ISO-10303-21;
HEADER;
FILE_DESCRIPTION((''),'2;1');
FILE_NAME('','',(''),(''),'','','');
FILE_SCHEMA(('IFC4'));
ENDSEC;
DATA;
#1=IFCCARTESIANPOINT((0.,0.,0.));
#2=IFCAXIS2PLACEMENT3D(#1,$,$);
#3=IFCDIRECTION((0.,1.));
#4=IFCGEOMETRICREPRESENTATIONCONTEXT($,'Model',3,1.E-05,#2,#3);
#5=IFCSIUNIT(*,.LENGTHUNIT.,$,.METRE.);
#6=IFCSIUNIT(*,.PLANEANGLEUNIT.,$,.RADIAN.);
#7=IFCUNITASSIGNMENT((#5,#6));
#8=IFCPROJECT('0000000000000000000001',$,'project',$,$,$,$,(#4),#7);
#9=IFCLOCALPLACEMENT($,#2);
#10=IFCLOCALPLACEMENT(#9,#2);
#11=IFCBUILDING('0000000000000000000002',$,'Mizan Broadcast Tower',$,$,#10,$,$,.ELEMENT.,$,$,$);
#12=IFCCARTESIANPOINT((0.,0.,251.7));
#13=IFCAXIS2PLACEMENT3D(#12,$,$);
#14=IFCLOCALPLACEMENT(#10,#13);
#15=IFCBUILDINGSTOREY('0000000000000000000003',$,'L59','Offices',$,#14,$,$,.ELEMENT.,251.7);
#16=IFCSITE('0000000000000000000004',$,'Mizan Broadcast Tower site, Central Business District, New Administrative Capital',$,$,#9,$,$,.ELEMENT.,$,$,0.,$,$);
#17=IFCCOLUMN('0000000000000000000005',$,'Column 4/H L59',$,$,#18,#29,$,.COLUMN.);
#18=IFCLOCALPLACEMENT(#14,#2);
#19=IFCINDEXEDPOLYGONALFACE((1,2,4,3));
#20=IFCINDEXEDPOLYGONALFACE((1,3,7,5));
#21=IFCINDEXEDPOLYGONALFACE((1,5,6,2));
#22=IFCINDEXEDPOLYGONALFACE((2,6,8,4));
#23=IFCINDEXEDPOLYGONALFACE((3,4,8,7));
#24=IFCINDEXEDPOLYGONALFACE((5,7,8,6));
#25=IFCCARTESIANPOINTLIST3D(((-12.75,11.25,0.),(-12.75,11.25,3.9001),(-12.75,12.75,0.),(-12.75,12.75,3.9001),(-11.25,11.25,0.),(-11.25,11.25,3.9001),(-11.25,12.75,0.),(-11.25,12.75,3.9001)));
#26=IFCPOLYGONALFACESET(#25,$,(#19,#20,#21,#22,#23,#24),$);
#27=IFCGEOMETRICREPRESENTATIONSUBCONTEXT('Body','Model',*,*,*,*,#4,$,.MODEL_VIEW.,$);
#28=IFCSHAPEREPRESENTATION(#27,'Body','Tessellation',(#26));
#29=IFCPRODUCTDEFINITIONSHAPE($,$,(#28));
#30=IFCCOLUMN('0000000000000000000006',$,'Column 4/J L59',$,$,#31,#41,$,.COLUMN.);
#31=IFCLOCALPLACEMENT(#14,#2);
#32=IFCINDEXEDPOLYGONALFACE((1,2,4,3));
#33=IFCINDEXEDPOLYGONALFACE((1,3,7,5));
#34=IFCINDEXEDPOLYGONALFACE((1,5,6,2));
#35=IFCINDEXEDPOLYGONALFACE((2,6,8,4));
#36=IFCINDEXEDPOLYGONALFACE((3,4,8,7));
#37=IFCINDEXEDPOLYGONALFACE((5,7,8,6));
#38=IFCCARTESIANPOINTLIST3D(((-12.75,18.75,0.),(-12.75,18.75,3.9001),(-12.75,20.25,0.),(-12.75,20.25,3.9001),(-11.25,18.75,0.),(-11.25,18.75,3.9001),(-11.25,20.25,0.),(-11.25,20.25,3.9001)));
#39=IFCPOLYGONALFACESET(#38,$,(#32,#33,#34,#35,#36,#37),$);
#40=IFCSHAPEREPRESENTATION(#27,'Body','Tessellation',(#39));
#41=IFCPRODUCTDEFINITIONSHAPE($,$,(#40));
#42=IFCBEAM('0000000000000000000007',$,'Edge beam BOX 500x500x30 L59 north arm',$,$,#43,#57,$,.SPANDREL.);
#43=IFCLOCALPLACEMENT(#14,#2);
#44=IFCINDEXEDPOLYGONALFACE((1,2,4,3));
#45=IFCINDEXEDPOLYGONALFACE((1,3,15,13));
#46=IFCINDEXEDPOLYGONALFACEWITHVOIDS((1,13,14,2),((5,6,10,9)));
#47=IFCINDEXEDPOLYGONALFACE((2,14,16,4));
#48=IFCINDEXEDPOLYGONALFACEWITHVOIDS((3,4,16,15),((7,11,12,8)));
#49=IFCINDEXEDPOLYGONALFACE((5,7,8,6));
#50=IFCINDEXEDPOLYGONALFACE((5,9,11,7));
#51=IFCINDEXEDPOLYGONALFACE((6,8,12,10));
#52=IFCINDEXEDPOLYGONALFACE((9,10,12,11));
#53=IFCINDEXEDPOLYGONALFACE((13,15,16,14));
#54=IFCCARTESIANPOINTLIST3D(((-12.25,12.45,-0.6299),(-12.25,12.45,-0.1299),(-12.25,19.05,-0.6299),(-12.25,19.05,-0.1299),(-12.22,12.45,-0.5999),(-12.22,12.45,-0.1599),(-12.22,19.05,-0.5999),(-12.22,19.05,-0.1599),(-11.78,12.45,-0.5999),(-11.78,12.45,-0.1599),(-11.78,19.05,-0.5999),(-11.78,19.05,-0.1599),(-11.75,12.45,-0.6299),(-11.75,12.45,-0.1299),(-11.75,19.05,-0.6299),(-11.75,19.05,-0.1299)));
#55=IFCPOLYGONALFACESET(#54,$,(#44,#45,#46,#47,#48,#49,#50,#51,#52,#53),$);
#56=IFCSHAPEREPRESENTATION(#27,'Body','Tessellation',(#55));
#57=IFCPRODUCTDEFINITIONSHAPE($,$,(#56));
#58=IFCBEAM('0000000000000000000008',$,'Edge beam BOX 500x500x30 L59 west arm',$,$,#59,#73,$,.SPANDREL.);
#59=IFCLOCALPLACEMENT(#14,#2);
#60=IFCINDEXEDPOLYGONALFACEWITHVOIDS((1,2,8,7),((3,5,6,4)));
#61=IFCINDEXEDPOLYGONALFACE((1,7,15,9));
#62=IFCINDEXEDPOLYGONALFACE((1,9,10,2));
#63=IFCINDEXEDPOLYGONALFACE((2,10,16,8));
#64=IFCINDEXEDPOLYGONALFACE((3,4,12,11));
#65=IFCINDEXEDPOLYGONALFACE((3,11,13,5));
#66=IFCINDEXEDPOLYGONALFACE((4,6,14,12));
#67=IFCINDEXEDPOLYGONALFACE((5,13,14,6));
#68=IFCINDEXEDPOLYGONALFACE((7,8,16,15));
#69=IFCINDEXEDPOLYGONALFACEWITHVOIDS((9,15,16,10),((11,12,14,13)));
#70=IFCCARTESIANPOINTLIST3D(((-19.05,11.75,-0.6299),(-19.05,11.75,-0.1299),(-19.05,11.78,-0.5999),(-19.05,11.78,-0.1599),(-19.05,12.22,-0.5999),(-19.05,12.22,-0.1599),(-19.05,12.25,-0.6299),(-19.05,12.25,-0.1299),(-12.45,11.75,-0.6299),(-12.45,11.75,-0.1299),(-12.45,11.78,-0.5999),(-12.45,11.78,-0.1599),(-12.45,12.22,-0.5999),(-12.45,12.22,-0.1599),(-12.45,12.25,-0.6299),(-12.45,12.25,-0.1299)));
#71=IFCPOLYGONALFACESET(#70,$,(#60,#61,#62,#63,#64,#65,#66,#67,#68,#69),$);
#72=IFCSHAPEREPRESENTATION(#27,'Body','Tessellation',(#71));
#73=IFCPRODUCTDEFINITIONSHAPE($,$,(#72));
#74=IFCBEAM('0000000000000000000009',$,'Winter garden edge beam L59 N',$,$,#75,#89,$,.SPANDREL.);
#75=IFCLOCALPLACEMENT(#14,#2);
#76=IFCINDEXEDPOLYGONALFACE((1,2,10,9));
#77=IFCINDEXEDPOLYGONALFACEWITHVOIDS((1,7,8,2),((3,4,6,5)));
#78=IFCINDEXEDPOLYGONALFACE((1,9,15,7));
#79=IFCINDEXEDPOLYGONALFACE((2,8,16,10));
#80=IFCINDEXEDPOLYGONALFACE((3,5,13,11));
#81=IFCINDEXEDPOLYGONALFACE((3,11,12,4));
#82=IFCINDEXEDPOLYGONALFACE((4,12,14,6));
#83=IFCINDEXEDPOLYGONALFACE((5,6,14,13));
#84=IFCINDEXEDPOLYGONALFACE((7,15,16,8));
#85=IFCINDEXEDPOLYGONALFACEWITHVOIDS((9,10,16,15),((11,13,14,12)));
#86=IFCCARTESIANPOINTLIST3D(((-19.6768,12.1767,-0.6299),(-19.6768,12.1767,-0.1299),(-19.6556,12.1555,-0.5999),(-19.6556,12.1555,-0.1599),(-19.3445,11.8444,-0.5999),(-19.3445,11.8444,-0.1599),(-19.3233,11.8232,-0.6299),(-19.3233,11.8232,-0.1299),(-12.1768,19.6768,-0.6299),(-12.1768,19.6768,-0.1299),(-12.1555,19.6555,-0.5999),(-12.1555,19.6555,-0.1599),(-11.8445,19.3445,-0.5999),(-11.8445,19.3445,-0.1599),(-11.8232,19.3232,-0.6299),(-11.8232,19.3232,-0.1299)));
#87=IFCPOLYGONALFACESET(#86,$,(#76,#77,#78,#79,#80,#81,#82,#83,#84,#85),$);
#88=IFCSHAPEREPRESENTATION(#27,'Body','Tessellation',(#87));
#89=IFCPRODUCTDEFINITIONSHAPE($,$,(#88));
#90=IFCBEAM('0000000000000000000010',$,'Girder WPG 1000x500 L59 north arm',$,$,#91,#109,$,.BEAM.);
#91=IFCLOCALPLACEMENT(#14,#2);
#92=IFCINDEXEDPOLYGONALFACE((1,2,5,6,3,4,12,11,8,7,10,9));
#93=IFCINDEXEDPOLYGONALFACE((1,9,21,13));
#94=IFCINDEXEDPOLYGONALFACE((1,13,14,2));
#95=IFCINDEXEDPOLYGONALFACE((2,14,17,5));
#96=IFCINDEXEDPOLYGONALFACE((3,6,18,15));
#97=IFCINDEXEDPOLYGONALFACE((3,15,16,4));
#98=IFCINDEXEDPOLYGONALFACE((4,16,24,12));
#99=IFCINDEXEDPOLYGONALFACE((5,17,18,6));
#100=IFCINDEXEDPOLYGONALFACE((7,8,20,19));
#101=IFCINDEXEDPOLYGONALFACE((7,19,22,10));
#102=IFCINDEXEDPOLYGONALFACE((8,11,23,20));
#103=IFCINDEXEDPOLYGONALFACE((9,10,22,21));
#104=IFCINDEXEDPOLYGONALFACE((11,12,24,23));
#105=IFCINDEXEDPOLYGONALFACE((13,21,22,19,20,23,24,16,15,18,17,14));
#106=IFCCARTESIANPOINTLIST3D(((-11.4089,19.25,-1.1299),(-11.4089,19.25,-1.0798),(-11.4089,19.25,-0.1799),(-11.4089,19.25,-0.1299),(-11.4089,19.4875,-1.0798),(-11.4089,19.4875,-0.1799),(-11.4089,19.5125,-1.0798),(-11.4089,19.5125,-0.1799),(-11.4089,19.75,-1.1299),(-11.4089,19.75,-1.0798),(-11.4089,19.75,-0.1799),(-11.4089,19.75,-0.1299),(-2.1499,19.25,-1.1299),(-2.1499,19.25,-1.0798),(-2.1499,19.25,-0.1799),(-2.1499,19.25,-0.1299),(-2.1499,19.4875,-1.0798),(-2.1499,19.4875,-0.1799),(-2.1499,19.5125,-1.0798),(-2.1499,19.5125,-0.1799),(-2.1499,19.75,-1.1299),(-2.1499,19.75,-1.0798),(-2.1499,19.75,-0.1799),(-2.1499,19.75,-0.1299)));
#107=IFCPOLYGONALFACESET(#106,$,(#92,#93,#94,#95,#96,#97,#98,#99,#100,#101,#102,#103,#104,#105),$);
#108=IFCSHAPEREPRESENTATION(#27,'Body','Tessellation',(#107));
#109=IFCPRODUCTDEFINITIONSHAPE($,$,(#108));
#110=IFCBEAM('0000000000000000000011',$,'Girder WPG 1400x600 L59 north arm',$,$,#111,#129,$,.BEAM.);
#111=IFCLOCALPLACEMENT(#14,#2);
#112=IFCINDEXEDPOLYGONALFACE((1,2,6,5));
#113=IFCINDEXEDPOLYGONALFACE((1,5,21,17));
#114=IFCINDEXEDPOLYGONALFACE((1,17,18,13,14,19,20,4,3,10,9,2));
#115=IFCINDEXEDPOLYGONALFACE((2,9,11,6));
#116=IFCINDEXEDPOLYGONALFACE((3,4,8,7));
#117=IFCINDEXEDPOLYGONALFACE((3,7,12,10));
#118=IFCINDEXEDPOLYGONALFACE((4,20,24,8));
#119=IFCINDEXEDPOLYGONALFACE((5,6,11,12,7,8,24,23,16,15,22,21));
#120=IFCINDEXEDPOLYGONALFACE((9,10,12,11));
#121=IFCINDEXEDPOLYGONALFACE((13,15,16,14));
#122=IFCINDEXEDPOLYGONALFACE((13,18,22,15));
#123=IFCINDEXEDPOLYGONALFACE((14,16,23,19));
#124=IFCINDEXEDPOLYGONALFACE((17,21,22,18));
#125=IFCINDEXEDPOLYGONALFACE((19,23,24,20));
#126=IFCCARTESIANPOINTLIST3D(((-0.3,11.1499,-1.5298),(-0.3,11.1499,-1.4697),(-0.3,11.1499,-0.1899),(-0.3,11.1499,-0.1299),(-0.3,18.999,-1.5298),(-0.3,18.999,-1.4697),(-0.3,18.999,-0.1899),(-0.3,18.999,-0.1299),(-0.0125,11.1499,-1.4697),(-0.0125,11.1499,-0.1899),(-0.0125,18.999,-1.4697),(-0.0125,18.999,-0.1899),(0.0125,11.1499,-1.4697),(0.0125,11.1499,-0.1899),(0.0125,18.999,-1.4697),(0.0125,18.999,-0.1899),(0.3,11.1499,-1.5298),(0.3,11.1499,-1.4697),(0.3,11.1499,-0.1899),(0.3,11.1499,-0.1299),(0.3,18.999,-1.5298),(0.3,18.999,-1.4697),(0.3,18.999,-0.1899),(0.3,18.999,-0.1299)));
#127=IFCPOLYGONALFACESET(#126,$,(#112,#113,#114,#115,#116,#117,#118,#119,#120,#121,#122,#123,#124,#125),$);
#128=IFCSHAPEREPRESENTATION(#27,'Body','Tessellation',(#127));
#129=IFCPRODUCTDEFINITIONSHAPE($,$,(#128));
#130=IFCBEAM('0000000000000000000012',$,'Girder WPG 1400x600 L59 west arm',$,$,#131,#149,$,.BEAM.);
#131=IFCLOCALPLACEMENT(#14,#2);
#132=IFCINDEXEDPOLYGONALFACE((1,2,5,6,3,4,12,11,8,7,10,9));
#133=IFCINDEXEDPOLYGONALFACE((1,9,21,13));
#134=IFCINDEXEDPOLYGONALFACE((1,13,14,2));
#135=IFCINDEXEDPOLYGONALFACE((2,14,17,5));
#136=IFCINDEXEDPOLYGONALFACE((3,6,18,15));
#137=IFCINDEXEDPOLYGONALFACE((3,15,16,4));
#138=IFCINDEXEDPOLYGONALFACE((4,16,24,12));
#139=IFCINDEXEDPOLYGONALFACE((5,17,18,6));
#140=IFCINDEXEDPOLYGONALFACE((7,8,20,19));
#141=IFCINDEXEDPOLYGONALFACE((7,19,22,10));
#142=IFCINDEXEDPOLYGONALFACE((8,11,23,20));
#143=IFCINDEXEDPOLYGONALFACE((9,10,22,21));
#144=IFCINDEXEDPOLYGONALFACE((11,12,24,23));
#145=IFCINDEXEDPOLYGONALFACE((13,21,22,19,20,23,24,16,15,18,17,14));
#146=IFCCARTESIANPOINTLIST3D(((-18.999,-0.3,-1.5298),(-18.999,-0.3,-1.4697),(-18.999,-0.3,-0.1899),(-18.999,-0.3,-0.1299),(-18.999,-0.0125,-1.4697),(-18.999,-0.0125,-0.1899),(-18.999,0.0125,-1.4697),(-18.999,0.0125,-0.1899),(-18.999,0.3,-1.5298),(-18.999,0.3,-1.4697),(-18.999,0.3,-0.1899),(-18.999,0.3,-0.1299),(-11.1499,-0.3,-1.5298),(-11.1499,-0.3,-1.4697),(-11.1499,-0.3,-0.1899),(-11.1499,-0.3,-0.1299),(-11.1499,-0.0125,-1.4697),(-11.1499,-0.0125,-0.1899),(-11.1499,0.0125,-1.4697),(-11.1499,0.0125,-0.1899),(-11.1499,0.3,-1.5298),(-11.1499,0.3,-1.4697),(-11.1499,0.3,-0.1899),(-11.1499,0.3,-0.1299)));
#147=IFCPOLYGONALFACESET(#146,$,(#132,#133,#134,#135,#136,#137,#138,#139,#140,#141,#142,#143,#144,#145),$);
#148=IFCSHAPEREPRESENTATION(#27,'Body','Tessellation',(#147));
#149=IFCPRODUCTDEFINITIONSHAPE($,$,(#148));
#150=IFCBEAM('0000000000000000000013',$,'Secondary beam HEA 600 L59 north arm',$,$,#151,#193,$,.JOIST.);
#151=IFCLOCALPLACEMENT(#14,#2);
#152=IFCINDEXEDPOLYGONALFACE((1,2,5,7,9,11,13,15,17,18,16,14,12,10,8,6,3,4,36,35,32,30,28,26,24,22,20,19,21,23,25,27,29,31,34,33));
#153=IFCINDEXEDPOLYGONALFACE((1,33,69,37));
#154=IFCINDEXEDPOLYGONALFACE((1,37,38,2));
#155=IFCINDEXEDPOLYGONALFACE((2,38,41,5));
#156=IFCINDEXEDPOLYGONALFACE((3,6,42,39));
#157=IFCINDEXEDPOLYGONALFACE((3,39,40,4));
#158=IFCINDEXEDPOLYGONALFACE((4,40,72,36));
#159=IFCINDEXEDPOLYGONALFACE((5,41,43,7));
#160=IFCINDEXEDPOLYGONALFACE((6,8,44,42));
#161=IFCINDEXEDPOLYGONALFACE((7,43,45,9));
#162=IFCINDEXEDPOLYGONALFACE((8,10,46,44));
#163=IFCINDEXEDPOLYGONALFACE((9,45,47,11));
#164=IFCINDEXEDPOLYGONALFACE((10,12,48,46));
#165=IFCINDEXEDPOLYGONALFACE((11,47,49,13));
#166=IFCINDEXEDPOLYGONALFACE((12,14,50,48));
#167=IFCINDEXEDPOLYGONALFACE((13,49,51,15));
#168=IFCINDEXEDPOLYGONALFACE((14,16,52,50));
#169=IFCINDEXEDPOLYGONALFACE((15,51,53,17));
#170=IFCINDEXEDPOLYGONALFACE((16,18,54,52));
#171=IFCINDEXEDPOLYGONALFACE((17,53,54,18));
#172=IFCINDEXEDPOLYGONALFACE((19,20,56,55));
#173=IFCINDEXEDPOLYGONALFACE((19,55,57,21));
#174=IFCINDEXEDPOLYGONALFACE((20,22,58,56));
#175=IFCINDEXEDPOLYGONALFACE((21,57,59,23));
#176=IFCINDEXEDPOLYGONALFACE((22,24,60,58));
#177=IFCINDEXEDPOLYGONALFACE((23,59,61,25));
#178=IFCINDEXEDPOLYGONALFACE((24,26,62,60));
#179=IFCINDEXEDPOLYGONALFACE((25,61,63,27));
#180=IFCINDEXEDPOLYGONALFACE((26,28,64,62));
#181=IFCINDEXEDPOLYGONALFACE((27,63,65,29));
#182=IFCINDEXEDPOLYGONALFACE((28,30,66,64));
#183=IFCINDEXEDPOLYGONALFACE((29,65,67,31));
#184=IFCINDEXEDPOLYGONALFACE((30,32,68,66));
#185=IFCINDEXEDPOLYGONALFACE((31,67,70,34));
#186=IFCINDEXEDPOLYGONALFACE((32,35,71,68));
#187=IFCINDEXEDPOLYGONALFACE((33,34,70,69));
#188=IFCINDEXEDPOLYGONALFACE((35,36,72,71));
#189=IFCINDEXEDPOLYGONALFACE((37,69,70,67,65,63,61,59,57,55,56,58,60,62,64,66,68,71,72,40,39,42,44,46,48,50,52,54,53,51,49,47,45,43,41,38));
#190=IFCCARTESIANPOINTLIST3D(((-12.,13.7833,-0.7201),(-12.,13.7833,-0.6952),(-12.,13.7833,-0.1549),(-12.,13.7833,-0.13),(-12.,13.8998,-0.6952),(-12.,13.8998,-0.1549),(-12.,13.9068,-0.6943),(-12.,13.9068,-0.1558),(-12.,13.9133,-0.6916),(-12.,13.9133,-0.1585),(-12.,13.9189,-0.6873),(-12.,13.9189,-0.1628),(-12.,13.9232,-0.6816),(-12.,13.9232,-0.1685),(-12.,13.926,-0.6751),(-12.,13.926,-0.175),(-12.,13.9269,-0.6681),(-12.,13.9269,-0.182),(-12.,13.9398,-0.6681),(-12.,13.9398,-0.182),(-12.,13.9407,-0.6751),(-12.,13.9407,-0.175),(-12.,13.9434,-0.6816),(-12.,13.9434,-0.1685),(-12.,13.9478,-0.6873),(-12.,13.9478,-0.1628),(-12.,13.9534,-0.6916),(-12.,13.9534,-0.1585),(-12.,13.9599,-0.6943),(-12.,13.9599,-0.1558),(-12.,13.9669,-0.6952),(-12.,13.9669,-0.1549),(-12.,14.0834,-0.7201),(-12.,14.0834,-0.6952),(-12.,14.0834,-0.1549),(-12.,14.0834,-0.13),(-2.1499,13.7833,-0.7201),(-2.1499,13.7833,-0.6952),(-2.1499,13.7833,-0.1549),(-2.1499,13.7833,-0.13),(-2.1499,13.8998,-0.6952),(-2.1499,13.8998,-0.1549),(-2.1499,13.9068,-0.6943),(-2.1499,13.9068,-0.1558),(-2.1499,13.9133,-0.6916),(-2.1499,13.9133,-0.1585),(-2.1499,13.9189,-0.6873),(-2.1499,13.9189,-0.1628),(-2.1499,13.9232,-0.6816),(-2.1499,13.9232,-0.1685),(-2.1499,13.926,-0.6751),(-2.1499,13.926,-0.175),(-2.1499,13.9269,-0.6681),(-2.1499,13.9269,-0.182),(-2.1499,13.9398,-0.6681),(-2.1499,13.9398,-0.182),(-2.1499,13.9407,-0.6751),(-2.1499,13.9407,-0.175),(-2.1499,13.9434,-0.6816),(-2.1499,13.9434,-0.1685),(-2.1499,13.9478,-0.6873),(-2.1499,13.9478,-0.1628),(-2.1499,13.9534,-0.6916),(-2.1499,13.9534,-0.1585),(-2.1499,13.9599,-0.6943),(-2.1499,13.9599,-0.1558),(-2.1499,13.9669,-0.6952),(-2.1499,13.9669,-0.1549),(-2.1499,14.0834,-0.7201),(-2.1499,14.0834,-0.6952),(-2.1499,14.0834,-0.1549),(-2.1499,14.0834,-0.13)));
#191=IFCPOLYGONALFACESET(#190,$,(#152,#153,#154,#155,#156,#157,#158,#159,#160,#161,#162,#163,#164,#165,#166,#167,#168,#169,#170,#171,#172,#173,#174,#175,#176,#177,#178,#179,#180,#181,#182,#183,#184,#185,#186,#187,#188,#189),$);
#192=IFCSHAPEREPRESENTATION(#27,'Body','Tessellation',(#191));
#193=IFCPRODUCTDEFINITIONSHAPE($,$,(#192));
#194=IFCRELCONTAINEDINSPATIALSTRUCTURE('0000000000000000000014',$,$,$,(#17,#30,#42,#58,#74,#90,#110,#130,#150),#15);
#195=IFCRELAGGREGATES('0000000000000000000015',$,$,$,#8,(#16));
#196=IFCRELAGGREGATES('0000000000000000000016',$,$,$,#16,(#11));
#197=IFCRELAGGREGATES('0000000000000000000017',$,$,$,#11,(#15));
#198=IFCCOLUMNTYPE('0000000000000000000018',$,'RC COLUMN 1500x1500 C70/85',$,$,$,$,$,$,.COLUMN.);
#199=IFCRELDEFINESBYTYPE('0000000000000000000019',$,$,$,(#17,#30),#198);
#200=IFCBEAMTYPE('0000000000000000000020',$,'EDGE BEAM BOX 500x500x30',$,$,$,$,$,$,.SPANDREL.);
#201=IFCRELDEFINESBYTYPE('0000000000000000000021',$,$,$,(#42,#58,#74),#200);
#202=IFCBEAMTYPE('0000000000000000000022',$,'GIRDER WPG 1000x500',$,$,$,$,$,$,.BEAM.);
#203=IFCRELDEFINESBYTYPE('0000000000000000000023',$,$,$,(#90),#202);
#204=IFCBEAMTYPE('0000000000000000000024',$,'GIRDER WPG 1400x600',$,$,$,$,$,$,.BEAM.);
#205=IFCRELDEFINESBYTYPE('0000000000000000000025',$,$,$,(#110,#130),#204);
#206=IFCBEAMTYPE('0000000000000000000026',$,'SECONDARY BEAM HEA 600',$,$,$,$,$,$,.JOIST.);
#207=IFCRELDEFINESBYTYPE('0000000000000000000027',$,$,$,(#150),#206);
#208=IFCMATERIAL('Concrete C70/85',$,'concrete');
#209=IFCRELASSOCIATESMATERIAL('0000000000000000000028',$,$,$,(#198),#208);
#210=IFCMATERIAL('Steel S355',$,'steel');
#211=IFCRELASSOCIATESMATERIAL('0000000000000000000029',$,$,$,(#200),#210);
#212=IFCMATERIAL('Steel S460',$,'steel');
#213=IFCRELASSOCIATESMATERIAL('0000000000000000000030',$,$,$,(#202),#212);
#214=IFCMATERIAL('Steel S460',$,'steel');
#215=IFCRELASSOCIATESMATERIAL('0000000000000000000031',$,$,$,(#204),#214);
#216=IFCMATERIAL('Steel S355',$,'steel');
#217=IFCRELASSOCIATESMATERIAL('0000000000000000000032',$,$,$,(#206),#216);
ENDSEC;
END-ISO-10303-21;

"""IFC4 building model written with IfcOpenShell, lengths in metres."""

from ifc_helpers import new_model, si_unit, direction, frame, origin, origin_2d, place, context, subcontext, project, spatial, rectangle, hollow_rectangle, i_section, extrude, material, material_profile, profile_set, type_object, element, save


model = new_model("IFC4")

# Units and contexts
model_context = context("Model", 3, precision=1e-05, world=origin(), true_north=direction((0.0, 1.0)))
body_context = subcontext(model_context, "Body", "Model", "MODEL_VIEW")
ifc_project = project(units=[si_unit("LENGTHUNIT", "METRE"), si_unit("PLANEANGLEUNIT", "RADIAN")], contexts=[model_context])

# Site, building, storey
site_placement = place(None, origin())
site = spatial("IfcSite", under=ifc_project, at=site_placement, Name="Mizan Broadcast Tower site, Central Business District, New Administrative Capital", CompositionType="ELEMENT", RefElevation=0.0)
building_placement = place(site_placement, origin())
building = spatial("IfcBuilding", under=site, at=building_placement, Name="Mizan Broadcast Tower", CompositionType="ELEMENT")
storey_placement = place(building_placement, frame((0.0, 0.0, 251.7)))
storey = spatial("IfcBuildingStorey", under=building, at=storey_placement, Name="L59", Description="Offices", CompositionType="ELEMENT", Elevation=251.7)

# Columns
ifc_material_1 = material(Name="Concrete C70/85", Category="concrete")
ifc_material_profile_1 = material_profile(ifc_material_1, rectangle(XDim=1.5, YDim=1.5, at=origin_2d()), Name="RC 1500x1500")
ifc_profile_set_1 = profile_set([ifc_material_profile_1], Name="Concrete C70/85")
column_type = type_object("IfcColumnType", Name="RC COLUMN 1500x1500 C70/85", PredefinedType="COLUMN", material=ifc_profile_set_1)
for number, where, z_axis, x_axis, name in (
    (1, (-12.0, 12.0, 0.0), (0.0, 0.0, 1.0), (1.0, 0.0, 0.0), "Column 4/H L59"),
    (2, (-12.0, 19.5, 0.0), (0.0, 0.0, 1.0), (1.0, 0.0, 0.0), "Column 4/J L59"),
):
    element("IfcColumn", number, at=place(storey_placement, frame(where, z_axis=z_axis, x_axis=x_axis)), inside=storey, type_object=column_type, Name=name, PredefinedType="COLUMN", context=body_context, shape_type="SweptSolid", body=[
        extrude(rectangle(XDim=1.5, YDim=1.5, at=origin_2d()), origin(), (0.0, 0.0, 1.0), 3.9001),
    ])

# Beams
ifc_material_2 = material(Name="Steel S355", Category="steel")
ifc_material_profile_2 = material_profile(ifc_material_2, hollow_rectangle(XDim=0.5, YDim=0.5, WallThickness=0.03, at=origin_2d()), Name="BOX 500x500x30")
ifc_profile_set_2 = profile_set([ifc_material_profile_2], Name="Steel S355")
beam_type_1 = type_object("IfcBeamType", Name="EDGE BEAM BOX 500x500x30", PredefinedType="SPANDREL", material=ifc_profile_set_2)
for number, where, z_axis, x_axis, name in (
    (3, (-12.0, 12.45, -0.3799), (0.0, 1.0, 0.0), (-1.0, 0.0, 0.0), "Edge beam BOX 500x500x30 L59 north arm"),
    (4, (-12.45, 12.0, -0.3799), (-1.0, 0.0, 0.0), (0.0, -1.0, 0.0), "Edge beam BOX 500x500x30 L59 west arm"),
):
    element("IfcBeam", number, at=place(storey_placement, frame(where, z_axis=z_axis, x_axis=x_axis)), inside=storey, type_object=beam_type_1, Name=name, PredefinedType="SPANDREL", context=body_context, shape_type="SweptSolid", body=[
        extrude(hollow_rectangle(XDim=0.5, YDim=0.5, WallThickness=0.03, at=origin_2d()), origin(), (0.0, 0.0, 1.0), 6.6001),
    ])
beam_1_placement = place(storey_placement, frame((-12.0, 19.5, -0.3799), z_axis=(-0.707107, -0.707107, 0.0), x_axis=(0.707107, -0.707107, 0.0)))
element("IfcBeam", 5, at=beam_1_placement, inside=storey, type_object=beam_type_1, Name="Winter garden edge beam L59 N", PredefinedType="SPANDREL", context=body_context, shape_type="SweptSolid", body=[
    extrude(hollow_rectangle(XDim=0.5, YDim=0.5, WallThickness=0.03, at=origin_2d()), origin(), (0.0, 0.0, 1.0), 10.6067),
])
ifc_material_3 = material(Name="Steel S460", Category="steel")
ifc_material_profile_3 = material_profile(ifc_material_3, i_section(OverallWidth=0.5, OverallDepth=1.0, WebThickness=0.0249, FlangeThickness=0.05, at=origin_2d()), Name="WPG 1000x500")
ifc_profile_set_3 = profile_set([ifc_material_profile_3], Name="Steel S460")
beam_type_2 = type_object("IfcBeamType", Name="GIRDER WPG 1000x500", PredefinedType="BEAM", material=ifc_profile_set_3)
beam_2_placement = place(storey_placement, frame((-11.4089, 19.5, -0.6299), z_axis=(1.0, 0.0, 0.0), x_axis=(0.0, 1.0, 0.0)))
element("IfcBeam", 6, at=beam_2_placement, inside=storey, type_object=beam_type_2, Name="Girder WPG 1000x500 L59 north arm", PredefinedType="BEAM", context=body_context, shape_type="SweptSolid", body=[
    extrude(i_section(OverallWidth=0.5, OverallDepth=1.0, WebThickness=0.0249, FlangeThickness=0.05, at=origin_2d()), origin(), (0.0, 0.0, 1.0), 9.259),
])
ifc_material_4 = material(Name="Steel S460", Category="steel")
ifc_material_profile_4 = material_profile(ifc_material_4, i_section(OverallWidth=0.6001, OverallDepth=1.3999, WebThickness=0.0249, FlangeThickness=0.0601, at=origin_2d()), Name="WPG 1400x600")
ifc_profile_set_4 = profile_set([ifc_material_profile_4], Name="Steel S460")
beam_type_3 = type_object("IfcBeamType", Name="GIRDER WPG 1400x600", PredefinedType="BEAM", material=ifc_profile_set_4)
for number, where, z_axis, x_axis, name in (
    (7, (0.0, 11.1499, -0.8298), (0.0, 1.0, 0.0), (-1.0, 0.0, 0.0), "Girder WPG 1400x600 L59 north arm"),
    (8, (-11.1499, 0.0, -0.8298), (-1.0, 0.0, 0.0), (0.0, -1.0, 0.0), "Girder WPG 1400x600 L59 west arm"),
):
    element("IfcBeam", number, at=place(storey_placement, frame(where, z_axis=z_axis, x_axis=x_axis)), inside=storey, type_object=beam_type_3, Name=name, PredefinedType="BEAM", context=body_context, shape_type="SweptSolid", body=[
        extrude(i_section(OverallWidth=0.6001, OverallDepth=1.3999, WebThickness=0.0249, FlangeThickness=0.0601, at=origin_2d()), origin(), (0.0, 0.0, 1.0), 7.8491),
    ])
ifc_material_5 = material(Name="Steel S355", Category="steel")
ifc_material_profile_5 = material_profile(ifc_material_5, i_section(OverallWidth=0.3, OverallDepth=0.5901, WebThickness=0.0129, FlangeThickness=0.0249, FilletRadius=0.0271, at=origin_2d()), Name="HEA 600")
ifc_profile_set_5 = profile_set([ifc_material_profile_5], Name="Steel S355")
beam_type_4 = type_object("IfcBeamType", Name="SECONDARY BEAM HEA 600", PredefinedType="JOIST", material=ifc_profile_set_5)
for number, where, z_axis, x_axis, name in (
    (9, (-12.0, 13.9333, -0.425), (1.0, 0.0, 0.0), (0.0, 1.0, 0.0), "Secondary beam HEA 600 L59 north arm"),
):
    element("IfcBeam", number, at=place(storey_placement, frame(where, z_axis=z_axis, x_axis=x_axis)), inside=storey, type_object=beam_type_4, Name=name, PredefinedType="JOIST", context=body_context, shape_type="SweptSolid", body=[
        extrude(i_section(OverallWidth=0.3, OverallDepth=0.5901, WebThickness=0.0129, FlangeThickness=0.0249, FilletRadius=0.0271, at=origin_2d()), origin(), (0.0, 0.0, 1.0), 9.8501),
    ])

save(model, "model.ifc")
